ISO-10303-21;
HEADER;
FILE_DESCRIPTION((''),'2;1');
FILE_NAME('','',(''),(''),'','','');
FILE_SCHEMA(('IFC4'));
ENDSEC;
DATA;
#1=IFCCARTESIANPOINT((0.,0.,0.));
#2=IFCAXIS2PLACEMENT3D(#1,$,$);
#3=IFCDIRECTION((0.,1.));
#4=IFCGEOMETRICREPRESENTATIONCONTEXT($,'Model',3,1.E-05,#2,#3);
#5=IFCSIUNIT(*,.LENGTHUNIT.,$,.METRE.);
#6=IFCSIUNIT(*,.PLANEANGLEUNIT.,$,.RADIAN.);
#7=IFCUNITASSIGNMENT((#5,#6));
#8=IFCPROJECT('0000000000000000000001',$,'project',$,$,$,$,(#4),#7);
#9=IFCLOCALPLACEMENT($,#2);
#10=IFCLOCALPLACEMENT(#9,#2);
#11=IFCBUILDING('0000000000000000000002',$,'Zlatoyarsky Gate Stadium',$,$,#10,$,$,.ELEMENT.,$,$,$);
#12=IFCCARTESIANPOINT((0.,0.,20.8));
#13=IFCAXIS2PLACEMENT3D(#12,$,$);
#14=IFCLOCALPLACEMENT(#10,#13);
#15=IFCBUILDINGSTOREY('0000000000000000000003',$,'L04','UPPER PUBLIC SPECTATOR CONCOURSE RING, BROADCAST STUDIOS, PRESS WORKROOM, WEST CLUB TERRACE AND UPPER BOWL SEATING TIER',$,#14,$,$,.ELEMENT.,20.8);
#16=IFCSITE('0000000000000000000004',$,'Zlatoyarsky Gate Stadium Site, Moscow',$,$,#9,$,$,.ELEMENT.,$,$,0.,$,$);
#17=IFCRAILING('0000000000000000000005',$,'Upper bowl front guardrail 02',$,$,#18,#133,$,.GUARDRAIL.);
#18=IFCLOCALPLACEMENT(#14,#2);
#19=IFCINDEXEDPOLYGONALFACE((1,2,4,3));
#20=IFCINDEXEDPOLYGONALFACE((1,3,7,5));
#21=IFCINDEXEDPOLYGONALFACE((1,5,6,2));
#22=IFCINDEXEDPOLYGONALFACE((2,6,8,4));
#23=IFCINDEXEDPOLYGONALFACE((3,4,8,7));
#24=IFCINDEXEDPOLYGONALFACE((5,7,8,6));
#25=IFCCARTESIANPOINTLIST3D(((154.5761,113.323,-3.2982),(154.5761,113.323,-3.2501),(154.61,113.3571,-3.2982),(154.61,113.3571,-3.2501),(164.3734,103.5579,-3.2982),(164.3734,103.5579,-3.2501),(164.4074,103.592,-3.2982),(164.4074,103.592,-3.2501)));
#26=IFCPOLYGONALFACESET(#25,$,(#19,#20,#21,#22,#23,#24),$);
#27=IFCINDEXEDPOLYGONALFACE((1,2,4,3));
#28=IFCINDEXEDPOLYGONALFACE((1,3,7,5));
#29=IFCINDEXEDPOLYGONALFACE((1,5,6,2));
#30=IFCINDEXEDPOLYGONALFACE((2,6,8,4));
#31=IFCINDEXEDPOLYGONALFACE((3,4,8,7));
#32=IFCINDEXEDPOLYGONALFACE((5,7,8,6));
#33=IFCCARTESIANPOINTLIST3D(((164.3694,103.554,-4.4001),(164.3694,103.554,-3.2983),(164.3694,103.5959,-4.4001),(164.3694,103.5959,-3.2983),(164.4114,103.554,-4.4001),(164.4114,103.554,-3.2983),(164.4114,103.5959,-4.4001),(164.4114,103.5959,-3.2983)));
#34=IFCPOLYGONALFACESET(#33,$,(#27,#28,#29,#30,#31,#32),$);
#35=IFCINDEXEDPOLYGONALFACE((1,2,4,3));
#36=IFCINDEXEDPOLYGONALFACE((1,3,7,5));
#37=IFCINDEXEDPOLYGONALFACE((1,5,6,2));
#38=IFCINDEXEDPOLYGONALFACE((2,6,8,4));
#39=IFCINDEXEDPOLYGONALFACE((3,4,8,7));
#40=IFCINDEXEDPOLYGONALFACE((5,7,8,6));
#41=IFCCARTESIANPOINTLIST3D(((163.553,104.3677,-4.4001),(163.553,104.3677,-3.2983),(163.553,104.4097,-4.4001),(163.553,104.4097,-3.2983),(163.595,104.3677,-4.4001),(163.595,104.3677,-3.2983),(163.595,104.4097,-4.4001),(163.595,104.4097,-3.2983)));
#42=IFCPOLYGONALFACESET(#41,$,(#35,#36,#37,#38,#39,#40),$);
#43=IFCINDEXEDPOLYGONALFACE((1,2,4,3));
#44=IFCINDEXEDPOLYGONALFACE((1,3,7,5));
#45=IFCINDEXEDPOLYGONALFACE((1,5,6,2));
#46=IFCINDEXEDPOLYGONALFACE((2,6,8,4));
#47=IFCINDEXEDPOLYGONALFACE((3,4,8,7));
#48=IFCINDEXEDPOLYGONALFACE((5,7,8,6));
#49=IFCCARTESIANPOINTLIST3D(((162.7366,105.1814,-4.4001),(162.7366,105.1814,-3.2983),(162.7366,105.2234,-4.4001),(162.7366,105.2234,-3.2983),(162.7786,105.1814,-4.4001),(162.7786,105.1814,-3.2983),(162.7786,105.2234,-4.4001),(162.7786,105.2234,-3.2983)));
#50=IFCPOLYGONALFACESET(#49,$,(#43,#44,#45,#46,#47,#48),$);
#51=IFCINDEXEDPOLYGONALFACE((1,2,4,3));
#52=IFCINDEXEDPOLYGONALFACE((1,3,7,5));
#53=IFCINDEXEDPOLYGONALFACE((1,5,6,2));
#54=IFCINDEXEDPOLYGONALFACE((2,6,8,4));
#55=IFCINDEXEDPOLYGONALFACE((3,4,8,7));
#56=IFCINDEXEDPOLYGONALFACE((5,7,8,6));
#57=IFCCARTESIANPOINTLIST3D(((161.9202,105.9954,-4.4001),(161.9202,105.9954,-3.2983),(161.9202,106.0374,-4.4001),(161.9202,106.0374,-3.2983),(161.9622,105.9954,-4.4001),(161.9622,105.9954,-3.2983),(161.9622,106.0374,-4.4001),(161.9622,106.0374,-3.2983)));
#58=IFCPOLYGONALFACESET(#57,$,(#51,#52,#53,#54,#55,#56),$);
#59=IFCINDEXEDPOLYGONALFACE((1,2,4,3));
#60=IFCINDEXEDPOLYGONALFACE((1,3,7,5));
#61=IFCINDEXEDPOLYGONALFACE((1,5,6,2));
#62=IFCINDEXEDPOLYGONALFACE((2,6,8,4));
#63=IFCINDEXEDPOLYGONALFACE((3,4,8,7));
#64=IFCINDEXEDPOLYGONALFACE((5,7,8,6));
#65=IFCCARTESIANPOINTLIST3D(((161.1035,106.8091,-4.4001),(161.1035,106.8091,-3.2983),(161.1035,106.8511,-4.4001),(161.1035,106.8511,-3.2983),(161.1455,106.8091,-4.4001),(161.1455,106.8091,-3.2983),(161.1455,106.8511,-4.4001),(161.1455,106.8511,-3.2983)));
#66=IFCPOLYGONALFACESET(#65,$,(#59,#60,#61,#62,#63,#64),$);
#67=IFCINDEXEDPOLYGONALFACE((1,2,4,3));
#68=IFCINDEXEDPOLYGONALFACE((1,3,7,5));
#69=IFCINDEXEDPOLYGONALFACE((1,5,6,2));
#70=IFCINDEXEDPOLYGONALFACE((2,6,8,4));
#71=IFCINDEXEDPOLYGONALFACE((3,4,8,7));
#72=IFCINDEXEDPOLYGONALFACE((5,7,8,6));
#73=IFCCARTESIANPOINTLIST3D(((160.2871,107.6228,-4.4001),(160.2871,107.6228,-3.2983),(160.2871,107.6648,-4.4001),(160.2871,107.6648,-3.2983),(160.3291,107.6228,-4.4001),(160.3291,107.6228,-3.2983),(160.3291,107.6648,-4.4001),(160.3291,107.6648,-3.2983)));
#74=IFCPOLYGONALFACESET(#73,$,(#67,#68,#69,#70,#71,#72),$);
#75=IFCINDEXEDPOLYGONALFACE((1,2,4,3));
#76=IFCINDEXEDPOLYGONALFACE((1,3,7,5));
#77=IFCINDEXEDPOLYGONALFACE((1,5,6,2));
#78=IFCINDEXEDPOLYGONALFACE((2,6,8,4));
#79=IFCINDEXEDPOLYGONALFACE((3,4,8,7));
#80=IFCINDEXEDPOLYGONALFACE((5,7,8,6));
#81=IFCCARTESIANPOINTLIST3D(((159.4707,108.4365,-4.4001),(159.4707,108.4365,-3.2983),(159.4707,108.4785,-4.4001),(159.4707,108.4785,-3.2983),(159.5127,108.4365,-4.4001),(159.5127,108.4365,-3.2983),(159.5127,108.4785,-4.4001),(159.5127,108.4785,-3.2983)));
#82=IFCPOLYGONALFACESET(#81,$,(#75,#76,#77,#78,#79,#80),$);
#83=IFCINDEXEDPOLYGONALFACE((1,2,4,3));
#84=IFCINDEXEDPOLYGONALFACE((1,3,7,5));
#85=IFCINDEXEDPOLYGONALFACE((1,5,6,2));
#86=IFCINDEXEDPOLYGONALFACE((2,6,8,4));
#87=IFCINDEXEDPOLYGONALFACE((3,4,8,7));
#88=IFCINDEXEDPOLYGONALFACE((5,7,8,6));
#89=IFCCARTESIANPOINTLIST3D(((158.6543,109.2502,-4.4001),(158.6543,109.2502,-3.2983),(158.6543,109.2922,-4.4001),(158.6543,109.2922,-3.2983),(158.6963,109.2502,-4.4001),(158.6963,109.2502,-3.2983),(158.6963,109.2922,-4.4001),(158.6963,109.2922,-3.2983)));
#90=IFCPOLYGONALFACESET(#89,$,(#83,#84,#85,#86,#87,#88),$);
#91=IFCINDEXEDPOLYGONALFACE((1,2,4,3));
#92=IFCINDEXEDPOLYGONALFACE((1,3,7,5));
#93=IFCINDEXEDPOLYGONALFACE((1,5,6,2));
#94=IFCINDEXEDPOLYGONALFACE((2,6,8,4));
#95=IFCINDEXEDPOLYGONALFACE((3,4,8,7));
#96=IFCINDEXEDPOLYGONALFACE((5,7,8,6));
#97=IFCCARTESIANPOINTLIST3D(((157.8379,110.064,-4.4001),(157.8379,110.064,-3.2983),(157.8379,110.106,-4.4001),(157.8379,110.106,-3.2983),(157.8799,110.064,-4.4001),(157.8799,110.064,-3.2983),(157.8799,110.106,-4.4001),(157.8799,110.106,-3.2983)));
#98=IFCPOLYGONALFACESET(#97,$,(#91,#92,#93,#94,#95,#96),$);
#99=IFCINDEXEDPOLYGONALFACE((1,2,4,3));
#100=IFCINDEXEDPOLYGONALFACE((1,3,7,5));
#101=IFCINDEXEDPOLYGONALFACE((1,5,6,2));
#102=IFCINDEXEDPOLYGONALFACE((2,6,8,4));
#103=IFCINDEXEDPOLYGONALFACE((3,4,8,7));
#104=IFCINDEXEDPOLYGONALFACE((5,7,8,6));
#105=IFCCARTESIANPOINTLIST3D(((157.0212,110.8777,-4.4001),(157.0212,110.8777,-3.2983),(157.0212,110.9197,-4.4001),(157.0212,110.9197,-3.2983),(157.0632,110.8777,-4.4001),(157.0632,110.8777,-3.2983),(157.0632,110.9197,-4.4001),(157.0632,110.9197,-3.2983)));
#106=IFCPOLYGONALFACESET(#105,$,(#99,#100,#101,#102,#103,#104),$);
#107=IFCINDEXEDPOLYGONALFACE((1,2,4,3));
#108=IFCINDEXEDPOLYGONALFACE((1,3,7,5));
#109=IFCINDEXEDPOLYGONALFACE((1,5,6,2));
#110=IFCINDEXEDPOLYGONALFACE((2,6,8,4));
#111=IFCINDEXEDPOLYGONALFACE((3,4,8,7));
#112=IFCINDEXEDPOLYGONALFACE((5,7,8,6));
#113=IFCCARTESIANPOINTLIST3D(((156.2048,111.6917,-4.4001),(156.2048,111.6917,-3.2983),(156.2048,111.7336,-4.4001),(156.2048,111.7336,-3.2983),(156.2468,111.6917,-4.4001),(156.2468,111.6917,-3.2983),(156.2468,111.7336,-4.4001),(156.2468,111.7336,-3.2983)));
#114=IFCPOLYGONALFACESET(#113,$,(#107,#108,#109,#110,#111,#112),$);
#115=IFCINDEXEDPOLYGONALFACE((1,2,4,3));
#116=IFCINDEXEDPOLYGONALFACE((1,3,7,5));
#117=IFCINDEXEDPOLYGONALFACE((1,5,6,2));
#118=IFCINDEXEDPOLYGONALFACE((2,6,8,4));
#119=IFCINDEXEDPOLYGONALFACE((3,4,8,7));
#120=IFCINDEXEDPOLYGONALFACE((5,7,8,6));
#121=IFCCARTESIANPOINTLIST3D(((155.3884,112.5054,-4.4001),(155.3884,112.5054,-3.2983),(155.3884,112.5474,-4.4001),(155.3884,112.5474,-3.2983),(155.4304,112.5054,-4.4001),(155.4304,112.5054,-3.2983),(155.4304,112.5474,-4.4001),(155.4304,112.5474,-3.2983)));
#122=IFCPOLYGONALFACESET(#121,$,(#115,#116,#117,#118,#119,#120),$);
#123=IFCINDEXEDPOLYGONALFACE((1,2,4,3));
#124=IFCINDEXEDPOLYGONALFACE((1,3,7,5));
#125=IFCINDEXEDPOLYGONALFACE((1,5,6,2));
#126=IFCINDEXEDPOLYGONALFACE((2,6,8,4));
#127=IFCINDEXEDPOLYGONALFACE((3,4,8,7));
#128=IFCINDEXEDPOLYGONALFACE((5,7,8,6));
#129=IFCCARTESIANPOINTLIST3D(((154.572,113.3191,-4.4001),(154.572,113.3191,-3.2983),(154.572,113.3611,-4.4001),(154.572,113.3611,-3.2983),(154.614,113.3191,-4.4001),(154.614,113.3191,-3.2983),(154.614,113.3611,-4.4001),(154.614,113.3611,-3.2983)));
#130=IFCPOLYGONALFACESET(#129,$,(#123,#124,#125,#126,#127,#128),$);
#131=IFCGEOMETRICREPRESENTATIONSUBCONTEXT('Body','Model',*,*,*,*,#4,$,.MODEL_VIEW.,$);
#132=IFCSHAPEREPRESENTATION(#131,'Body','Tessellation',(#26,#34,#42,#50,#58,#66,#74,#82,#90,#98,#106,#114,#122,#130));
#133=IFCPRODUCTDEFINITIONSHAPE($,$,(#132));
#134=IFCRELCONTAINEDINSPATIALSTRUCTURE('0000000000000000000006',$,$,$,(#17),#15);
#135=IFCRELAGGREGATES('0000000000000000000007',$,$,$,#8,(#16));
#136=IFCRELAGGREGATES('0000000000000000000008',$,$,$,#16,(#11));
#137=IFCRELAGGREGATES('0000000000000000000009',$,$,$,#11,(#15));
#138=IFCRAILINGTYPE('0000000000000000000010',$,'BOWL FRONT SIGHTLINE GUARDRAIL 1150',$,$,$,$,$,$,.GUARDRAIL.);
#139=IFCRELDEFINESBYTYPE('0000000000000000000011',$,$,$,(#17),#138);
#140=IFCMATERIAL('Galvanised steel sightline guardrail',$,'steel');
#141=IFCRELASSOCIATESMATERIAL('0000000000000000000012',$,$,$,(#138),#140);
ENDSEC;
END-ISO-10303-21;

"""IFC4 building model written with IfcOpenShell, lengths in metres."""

from ifc_helpers import new_model, si_unit, direction, frame, origin, origin_2d, place, context, subcontext, project, spatial, rectangle, extrude, material, type_object, element, save


model = new_model("IFC4")

# Units and contexts
model_context = context("Model", 3, precision=1e-05, world=origin(), true_north=direction((0.0, 1.0)))
body_context = subcontext(model_context, "Body", "Model", "MODEL_VIEW")
ifc_project = project(units=[si_unit("LENGTHUNIT", "METRE"), si_unit("PLANEANGLEUNIT", "RADIAN")], contexts=[model_context])

# Site, building, storey
site_placement = place(None, origin())
site = spatial("IfcSite", under=ifc_project, at=site_placement, Name="Zlatoyarsky Gate Stadium Site, Moscow", CompositionType="ELEMENT", RefElevation=0.0)
building_placement = place(site_placement, origin())
building = spatial("IfcBuilding", under=site, at=building_placement, Name="Zlatoyarsky Gate Stadium", CompositionType="ELEMENT")
storey_placement = place(building_placement, frame((0.0, 0.0, 20.8)))
storey = spatial("IfcBuildingStorey", under=building, at=storey_placement, Name="L04", Description="UPPER PUBLIC SPECTATOR CONCOURSE RING, BROADCAST STUDIOS, PRESS WORKROOM, WEST CLUB TERRACE AND UPPER BOWL SEATING TIER", CompositionType="ELEMENT", Elevation=20.8)

# Railing
ifc_material_1 = material(Name="Galvanised steel sightline guardrail", Category="steel")
railing_type_1 = type_object("IfcRailingType", Name="BOWL FRONT SIGHTLINE GUARDRAIL 1150", PredefinedType="GUARDRAIL", material=ifc_material_1)
railing_1_placement = place(storey_placement, frame((164.3904, 103.575, -4.4001)))
element("IfcRailing", 1, at=railing_1_placement, inside=storey, type_object=railing_type_1, Name="Upper bowl front guardrail 02", PredefinedType="GUARDRAIL", context=body_context, shape_type="SweptSolid", body=[
    extrude(rectangle(XDim=0.0481, YDim=0.0481, at=origin_2d()), frame((0.0, 0.0, 1.126), z_axis=(-0.708271, 0.705941, 0.0), x_axis=(-0.705941, -0.708271, 0.0)), (0.0, 0.0, 1.0), 13.8328),
    extrude(rectangle(XDim=0.042, YDim=0.042, at=origin_2d()), origin(), (0.0, 0.0, 1.0), 1.1018),
    extrude(rectangle(XDim=0.042, YDim=0.042, at=origin_2d()), frame((-0.8164, 0.8137, 0.0)), (0.0, 0.0, 1.0), 1.1018),
    extrude(rectangle(XDim=0.042, YDim=0.042, at=origin_2d()), frame((-1.6328, 1.6274, 0.0)), (0.0, 0.0, 1.0), 1.1018),
    extrude(rectangle(XDim=0.042, YDim=0.042, at=origin_2d()), frame((-2.4492, 2.4414, 0.0)), (0.0, 0.0, 1.0), 1.1018),
    extrude(rectangle(XDim=0.042, YDim=0.042, at=origin_2d()), frame((-3.2659, 3.2551, 0.0)), (0.0, 0.0, 1.0), 1.1018),
    extrude(rectangle(XDim=0.042, YDim=0.042, at=origin_2d()), frame((-4.0823, 4.0688, 0.0)), (0.0, 0.0, 1.0), 1.1018),
    extrude(rectangle(XDim=0.042, YDim=0.042, at=origin_2d()), frame((-4.8987, 4.8826, 0.0)), (0.0, 0.0, 1.0), 1.1018),
    extrude(rectangle(XDim=0.042, YDim=0.042, at=origin_2d()), frame((-5.7151, 5.6963, 0.0)), (0.0, 0.0, 1.0), 1.1018),
    extrude(rectangle(XDim=0.042, YDim=0.042, at=origin_2d()), frame((-6.5315, 6.51, 0.0)), (0.0, 0.0, 1.0), 1.1018),
    extrude(rectangle(XDim=0.042, YDim=0.042, at=origin_2d()), frame((-7.3481, 7.3237, 0.0)), (0.0, 0.0, 1.0), 1.1018),
    extrude(rectangle(XDim=0.042, YDim=0.042, at=origin_2d()), frame((-8.1646, 8.1377, 0.0)), (0.0, 0.0, 1.0), 1.1018),
    extrude(rectangle(XDim=0.042, YDim=0.042, at=origin_2d()), frame((-8.981, 8.9514, 0.0)), (0.0, 0.0, 1.0), 1.1018),
    extrude(rectangle(XDim=0.042, YDim=0.042, at=origin_2d()), frame((-9.7974, 9.7651, 0.0)), (0.0, 0.0, 1.0), 1.1018),
])

save(model, "model.ifc")
